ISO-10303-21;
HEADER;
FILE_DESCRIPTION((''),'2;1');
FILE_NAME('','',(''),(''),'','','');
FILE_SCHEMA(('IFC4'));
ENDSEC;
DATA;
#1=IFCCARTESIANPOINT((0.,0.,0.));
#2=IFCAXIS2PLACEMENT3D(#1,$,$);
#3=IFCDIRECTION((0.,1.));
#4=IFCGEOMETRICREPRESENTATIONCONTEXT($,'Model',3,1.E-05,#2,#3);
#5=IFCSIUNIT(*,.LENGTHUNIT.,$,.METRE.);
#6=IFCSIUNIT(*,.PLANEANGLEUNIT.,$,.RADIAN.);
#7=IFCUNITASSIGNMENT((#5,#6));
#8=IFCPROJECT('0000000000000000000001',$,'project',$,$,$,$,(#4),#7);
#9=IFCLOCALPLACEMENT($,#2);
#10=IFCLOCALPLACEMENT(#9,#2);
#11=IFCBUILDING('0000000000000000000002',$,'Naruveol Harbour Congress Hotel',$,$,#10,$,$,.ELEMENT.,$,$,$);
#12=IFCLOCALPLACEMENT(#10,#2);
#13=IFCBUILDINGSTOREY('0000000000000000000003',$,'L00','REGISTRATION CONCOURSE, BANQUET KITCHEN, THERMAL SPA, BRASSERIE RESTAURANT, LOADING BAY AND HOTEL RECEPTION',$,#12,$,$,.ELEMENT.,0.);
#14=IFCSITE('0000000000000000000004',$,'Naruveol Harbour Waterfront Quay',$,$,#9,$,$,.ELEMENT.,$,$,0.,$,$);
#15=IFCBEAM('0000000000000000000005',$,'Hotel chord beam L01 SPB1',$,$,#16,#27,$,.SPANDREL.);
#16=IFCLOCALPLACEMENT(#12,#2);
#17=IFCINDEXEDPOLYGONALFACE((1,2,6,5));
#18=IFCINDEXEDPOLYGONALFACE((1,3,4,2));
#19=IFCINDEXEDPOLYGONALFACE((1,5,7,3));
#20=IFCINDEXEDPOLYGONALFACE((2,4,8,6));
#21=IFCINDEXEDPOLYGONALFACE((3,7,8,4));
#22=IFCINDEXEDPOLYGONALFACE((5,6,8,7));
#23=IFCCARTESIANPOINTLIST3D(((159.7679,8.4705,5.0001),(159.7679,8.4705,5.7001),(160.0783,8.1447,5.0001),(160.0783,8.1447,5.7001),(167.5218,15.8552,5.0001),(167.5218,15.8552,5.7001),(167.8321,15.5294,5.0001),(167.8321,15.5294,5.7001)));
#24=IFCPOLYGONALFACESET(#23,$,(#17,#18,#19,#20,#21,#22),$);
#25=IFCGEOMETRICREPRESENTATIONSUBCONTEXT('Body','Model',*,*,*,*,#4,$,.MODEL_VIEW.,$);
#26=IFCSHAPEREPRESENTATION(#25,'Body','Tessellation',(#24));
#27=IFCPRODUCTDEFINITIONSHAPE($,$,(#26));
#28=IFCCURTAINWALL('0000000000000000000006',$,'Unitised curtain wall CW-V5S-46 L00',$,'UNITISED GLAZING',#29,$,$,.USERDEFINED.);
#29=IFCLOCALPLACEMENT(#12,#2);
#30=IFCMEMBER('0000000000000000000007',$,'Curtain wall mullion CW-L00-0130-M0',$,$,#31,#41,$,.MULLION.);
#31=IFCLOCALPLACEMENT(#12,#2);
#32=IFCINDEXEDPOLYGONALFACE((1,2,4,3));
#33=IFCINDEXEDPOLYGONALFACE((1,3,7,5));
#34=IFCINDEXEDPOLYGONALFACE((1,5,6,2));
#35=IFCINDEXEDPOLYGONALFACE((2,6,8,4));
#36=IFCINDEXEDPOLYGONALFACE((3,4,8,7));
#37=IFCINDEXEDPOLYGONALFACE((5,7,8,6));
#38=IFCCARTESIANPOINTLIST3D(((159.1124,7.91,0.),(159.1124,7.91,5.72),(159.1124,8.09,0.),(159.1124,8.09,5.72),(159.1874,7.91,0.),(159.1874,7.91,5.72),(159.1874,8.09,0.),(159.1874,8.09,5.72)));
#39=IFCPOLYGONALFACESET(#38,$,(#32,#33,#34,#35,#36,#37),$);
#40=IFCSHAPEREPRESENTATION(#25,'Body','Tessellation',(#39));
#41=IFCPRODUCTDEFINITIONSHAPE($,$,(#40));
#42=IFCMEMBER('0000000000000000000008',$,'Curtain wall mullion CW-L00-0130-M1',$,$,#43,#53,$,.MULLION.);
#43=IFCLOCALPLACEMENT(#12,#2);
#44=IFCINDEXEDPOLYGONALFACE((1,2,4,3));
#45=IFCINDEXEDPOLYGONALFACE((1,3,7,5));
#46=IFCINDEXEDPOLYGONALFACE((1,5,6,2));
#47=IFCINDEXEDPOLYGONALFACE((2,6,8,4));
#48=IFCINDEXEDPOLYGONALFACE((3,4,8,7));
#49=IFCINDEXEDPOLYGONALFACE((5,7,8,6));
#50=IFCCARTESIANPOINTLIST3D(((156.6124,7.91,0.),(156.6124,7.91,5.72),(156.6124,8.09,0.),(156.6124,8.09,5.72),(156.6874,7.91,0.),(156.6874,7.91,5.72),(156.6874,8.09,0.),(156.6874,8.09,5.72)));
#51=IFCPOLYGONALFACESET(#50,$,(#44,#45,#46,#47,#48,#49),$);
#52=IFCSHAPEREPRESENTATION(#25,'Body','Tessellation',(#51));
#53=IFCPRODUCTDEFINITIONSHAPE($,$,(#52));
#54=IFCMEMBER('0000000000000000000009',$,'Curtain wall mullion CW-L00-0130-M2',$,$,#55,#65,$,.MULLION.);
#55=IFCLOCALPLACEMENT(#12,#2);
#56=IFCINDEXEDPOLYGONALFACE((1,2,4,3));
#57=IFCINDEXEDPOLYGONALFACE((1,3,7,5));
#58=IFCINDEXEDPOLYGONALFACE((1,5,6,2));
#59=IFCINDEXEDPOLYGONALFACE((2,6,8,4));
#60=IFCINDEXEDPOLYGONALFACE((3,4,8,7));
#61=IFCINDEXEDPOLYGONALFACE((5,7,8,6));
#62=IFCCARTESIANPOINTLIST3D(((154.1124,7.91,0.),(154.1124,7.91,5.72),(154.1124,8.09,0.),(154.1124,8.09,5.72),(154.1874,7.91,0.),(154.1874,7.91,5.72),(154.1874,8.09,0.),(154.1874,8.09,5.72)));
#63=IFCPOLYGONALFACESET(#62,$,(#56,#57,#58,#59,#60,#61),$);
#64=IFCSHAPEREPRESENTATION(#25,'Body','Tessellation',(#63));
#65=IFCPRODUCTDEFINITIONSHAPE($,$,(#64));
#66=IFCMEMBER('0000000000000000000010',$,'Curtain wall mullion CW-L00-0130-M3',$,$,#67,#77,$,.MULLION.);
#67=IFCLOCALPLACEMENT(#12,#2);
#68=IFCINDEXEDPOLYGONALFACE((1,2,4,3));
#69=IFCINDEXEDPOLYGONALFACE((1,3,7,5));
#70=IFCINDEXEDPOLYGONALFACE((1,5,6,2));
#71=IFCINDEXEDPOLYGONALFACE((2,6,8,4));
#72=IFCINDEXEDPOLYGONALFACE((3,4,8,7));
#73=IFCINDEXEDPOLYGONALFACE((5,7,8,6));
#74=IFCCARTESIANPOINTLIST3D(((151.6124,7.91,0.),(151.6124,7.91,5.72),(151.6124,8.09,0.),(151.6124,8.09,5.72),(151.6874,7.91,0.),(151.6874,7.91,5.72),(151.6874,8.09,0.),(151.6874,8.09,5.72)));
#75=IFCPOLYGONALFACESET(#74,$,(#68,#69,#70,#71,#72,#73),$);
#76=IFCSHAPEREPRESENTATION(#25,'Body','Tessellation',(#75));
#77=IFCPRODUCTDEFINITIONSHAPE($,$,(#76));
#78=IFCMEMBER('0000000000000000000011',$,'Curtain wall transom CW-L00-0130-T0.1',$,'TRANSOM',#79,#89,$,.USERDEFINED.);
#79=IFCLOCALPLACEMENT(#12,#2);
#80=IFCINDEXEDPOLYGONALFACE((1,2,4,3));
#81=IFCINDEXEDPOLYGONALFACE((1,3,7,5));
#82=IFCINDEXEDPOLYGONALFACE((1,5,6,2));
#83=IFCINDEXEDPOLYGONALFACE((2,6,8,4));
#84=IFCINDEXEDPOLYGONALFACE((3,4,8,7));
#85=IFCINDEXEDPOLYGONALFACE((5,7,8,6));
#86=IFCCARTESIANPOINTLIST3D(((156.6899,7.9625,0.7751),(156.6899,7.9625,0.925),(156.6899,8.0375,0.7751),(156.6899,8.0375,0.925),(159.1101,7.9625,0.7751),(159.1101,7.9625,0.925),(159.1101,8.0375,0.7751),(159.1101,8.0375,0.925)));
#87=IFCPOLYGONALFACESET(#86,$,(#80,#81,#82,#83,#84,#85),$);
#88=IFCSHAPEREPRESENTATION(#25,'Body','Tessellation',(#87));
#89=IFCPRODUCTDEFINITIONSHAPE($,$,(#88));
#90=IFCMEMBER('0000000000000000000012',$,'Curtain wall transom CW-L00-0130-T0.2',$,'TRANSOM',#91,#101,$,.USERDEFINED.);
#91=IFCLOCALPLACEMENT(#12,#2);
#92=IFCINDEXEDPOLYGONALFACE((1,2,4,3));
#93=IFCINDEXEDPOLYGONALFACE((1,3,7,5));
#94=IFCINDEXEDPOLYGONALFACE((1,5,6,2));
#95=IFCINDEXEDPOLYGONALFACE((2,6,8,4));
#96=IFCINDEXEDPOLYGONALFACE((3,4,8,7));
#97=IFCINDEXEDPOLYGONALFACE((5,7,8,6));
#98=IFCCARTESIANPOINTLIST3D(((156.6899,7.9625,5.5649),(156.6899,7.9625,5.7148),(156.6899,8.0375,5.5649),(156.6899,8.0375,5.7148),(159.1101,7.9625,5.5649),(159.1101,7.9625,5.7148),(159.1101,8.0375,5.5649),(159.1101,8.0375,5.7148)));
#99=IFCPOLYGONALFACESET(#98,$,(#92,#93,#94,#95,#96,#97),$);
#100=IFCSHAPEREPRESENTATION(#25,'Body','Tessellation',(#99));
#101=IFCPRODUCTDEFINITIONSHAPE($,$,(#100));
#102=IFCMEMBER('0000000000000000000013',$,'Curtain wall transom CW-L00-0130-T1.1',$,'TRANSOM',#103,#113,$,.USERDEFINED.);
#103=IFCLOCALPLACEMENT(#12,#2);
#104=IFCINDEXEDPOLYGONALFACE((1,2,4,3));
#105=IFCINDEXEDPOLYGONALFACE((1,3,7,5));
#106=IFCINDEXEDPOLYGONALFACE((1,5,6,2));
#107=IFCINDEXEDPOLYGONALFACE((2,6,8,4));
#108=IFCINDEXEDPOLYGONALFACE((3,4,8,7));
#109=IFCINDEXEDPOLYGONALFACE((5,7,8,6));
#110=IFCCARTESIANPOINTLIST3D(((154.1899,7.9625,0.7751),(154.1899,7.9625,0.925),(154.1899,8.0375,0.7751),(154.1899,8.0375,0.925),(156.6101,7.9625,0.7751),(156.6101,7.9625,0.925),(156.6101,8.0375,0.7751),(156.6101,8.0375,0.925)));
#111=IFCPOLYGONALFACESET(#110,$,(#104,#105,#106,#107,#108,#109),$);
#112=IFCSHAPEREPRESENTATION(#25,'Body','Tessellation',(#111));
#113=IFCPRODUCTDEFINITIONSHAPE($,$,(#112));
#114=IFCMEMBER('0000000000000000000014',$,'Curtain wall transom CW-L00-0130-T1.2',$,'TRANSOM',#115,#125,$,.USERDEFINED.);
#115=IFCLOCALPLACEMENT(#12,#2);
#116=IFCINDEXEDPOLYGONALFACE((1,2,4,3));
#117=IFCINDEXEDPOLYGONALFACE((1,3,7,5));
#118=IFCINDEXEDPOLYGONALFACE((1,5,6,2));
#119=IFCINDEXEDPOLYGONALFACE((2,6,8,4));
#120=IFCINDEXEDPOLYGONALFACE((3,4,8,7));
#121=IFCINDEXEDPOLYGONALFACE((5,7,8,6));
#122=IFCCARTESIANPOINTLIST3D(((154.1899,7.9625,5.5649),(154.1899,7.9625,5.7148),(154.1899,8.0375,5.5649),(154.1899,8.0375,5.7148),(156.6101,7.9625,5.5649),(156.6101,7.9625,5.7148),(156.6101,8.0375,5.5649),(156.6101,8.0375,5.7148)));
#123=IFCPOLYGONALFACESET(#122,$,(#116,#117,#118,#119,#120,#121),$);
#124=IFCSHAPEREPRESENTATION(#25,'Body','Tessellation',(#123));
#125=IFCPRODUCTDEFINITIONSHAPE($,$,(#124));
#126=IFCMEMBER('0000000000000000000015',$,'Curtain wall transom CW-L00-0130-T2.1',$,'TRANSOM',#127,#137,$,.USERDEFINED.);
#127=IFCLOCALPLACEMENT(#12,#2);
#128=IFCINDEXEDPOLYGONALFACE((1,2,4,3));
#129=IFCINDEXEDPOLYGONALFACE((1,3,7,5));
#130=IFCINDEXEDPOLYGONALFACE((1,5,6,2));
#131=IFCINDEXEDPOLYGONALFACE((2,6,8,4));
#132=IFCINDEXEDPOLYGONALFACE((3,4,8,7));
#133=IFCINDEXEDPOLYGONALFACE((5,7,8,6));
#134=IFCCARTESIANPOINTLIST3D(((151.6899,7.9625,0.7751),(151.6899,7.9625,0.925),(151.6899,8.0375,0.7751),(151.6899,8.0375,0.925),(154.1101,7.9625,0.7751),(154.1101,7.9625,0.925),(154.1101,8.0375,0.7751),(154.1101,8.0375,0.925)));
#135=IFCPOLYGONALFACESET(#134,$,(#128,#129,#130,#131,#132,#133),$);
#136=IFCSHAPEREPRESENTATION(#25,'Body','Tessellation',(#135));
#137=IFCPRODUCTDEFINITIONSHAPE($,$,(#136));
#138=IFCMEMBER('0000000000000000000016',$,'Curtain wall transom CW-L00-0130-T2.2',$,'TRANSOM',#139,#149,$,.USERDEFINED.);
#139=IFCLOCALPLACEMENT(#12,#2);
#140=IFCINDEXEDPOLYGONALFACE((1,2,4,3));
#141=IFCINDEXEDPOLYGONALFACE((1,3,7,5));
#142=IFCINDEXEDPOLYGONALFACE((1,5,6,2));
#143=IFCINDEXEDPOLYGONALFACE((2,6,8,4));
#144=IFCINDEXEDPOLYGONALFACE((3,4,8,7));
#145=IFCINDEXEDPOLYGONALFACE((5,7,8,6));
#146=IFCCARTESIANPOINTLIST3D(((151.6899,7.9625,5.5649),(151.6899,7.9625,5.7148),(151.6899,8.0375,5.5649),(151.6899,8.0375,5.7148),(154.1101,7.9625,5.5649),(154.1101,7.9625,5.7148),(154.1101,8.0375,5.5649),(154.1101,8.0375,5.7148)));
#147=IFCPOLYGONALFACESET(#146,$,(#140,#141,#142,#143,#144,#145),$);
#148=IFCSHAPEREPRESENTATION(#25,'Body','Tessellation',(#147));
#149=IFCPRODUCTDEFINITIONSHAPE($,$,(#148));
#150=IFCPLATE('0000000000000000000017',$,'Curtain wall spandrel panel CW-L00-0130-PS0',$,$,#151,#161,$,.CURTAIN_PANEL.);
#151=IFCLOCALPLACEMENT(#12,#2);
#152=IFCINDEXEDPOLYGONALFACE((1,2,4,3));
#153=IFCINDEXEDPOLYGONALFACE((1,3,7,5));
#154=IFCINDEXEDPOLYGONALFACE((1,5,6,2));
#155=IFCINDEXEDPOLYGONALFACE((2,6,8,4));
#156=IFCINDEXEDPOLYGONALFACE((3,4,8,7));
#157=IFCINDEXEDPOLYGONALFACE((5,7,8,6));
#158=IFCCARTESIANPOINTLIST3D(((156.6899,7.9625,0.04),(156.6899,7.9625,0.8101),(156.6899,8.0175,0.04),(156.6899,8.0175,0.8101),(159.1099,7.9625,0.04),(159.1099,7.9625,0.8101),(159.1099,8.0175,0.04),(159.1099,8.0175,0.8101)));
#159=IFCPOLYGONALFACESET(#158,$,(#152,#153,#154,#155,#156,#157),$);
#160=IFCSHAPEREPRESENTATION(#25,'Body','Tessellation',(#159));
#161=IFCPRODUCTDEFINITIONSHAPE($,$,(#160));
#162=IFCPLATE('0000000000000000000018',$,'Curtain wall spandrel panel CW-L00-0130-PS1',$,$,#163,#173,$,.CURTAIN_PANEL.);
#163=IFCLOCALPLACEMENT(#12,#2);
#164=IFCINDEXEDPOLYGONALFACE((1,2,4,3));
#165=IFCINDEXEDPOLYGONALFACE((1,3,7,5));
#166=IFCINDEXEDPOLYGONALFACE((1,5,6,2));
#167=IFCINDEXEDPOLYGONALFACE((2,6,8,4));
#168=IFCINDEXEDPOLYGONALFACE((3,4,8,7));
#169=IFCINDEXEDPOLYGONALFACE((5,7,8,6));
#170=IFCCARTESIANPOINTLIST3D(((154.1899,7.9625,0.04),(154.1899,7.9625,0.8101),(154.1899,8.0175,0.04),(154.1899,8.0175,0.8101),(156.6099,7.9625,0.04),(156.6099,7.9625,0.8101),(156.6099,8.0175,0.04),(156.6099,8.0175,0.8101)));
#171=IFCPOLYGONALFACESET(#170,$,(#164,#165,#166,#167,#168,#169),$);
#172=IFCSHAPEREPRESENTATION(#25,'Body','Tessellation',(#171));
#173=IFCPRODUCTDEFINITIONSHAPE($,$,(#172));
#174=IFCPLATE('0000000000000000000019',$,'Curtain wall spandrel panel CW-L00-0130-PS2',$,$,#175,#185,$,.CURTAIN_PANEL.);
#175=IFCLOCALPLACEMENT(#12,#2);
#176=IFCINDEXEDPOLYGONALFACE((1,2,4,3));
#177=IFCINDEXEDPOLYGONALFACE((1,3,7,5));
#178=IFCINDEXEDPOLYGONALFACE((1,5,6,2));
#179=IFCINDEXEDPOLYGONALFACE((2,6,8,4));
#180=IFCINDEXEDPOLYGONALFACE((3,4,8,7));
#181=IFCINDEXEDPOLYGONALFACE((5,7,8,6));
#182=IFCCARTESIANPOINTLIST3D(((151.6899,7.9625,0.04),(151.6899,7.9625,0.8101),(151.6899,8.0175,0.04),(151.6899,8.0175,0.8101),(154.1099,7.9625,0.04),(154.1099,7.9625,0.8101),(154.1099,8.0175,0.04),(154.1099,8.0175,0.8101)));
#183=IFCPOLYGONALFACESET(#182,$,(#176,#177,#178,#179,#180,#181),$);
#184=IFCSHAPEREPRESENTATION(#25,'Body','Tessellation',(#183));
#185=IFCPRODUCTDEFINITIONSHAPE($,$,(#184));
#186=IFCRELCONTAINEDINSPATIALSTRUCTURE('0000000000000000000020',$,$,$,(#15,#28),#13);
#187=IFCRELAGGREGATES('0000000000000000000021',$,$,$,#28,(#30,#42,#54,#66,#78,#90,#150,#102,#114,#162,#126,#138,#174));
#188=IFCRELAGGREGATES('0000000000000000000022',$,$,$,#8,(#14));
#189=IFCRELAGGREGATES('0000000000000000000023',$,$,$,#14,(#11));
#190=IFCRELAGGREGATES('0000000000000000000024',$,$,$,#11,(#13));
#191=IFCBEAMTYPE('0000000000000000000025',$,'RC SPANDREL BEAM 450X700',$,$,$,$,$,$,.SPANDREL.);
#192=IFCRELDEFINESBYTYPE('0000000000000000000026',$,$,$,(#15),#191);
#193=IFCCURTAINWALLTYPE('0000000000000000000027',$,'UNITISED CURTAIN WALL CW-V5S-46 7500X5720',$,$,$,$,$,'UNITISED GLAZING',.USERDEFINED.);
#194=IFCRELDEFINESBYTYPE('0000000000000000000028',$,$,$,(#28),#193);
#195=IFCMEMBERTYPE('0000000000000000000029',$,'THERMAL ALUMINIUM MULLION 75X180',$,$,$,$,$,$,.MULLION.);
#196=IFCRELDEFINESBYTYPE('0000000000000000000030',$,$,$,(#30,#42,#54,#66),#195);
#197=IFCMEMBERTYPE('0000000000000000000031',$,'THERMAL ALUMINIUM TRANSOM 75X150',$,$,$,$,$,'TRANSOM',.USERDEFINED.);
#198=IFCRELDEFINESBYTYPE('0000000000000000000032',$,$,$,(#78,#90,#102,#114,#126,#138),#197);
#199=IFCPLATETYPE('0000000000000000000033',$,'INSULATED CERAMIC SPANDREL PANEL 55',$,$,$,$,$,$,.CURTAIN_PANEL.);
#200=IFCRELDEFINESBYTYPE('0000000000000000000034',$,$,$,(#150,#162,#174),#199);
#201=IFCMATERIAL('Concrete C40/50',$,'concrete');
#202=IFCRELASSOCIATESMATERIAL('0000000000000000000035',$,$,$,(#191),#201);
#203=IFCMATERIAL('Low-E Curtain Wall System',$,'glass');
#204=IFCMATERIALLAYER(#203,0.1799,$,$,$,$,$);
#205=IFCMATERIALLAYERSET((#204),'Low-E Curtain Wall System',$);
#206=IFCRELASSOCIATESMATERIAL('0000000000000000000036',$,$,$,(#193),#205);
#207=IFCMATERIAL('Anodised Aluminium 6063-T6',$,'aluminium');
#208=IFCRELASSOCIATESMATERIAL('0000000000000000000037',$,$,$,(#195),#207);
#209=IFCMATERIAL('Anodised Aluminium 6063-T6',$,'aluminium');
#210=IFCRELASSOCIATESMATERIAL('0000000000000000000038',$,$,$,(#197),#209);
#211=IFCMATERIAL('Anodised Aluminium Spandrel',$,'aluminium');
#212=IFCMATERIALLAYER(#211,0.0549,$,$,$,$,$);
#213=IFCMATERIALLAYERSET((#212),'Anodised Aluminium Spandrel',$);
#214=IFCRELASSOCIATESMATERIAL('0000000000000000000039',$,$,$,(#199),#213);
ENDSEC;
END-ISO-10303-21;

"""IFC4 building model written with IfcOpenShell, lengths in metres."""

from ifc_helpers import new_model, si_unit, direction, frame, origin, origin_2d, place, context, subcontext, project, spatial, rectangle, extrude, material, layer, layer_set, material_profile, profile_set, type_object, element, aggregate, save


model = new_model("IFC4")

# Units and contexts
model_context = context("Model", 3, precision=1e-05, world=origin(), true_north=direction((0.0, 1.0)))
body_context = subcontext(model_context, "Body", "Model", "MODEL_VIEW")
ifc_project = project(units=[si_unit("LENGTHUNIT", "METRE"), si_unit("PLANEANGLEUNIT", "RADIAN")], contexts=[model_context])

# Site, building, storey
site_placement = place(None, origin())
site = spatial("IfcSite", under=ifc_project, at=site_placement, Name="Naruveol Harbour Waterfront Quay", CompositionType="ELEMENT", RefElevation=0.0)
building_placement = place(site_placement, origin())
building = spatial("IfcBuilding", under=site, at=building_placement, Name="Naruveol Harbour Congress Hotel", CompositionType="ELEMENT")
storey_placement = place(building_placement, origin())
storey = spatial("IfcBuildingStorey", under=building, at=storey_placement, Name="L00", Description="REGISTRATION CONCOURSE, BANQUET KITCHEN, THERMAL SPA, BRASSERIE RESTAURANT, LOADING BAY AND HOTEL RECEPTION", CompositionType="ELEMENT", Elevation=0.0)

# Beam
ifc_material_1 = material(Name="Concrete C40/50", Category="concrete")
ifc_material_profile_1 = material_profile(ifc_material_1, rectangle(XDim=0.45, YDim=0.7, at=origin_2d()), Name="RCB-450x700")
ifc_profile_set_1 = profile_set([ifc_material_profile_1], Name="Concrete C40/50")
beam_type_1 = type_object("IfcBeamType", Name="RC SPANDREL BEAM 450X700", PredefinedType="SPANDREL", material=ifc_profile_set_1)
beam_1_placement = place(storey_placement, frame((159.9231, 8.3076, 5.3501), z_axis=(0.724134, 0.68966, 0.0), x_axis=(-0.68966, 0.724134, 0.0)))
element("IfcBeam", 1, at=beam_1_placement, inside=storey, type_object=beam_type_1, Name="Hotel chord beam L01 SPB1", PredefinedType="SPANDREL", context=body_context, shape_type="SweptSolid", body=[
    extrude(rectangle(XDim=0.45, YDim=0.7, at=origin_2d()), origin(), (0.0, 0.0, 1.0), 10.7078),
])

# Curtain wall, members, plates
ifc_material_2 = material(Name="Low-E Curtain Wall System", Category="glass")
ifc_layer_1 = layer(ifc_material_2, 0.1799)
ifc_layer_set_1 = layer_set([ifc_layer_1], Name="Low-E Curtain Wall System")
curtain_wall_type = type_object("IfcCurtainWallType", Name="UNITISED CURTAIN WALL CW-V5S-46 7500X5720", ElementType="UNITISED GLAZING", PredefinedType="USERDEFINED", material=ifc_layer_set_1)
curtain_wall_placement = place(storey_placement, origin())
curtain_wall = element("IfcCurtainWall", 2, at=curtain_wall_placement, inside=storey, type_object=curtain_wall_type, Name="Unitised curtain wall CW-V5S-46 L00", ObjectType="UNITISED GLAZING", PredefinedType="USERDEFINED")
ifc_material_3 = material(Name="Anodised Aluminium 6063-T6", Category="aluminium")
ifc_material_profile_2 = material_profile(ifc_material_3, rectangle(XDim=0.075, YDim=0.1799, at=origin_2d()), Name="ALU-75x180")
ifc_profile_set_2 = profile_set([ifc_material_profile_2], Name="Anodised Aluminium 6063-T6")
member_type_1 = type_object("IfcMemberType", Name="THERMAL ALUMINIUM MULLION 75X180", PredefinedType="MULLION", material=ifc_profile_set_2)
member_1_placement = place(storey_placement, frame((159.1499, 8.0, 0.0), z_axis=(0.0, 0.0, 1.0), x_axis=(1.0, 0.0, 0.0)))
member_1 = element("IfcMember", 3, at=member_1_placement, type_object=member_type_1, Name="Curtain wall mullion CW-L00-0130-M0", PredefinedType="MULLION", context=body_context, shape_type="SweptSolid", body=[
    extrude(rectangle(XDim=0.075, YDim=0.1799, at=origin_2d()), origin(), (0.0, 0.0, 1.0), 5.72),
])
member_2_placement = place(storey_placement, frame((156.6499, 8.0, 0.0), z_axis=(0.0, 0.0, 1.0), x_axis=(1.0, 0.0, 0.0)))
member_2 = element("IfcMember", 4, at=member_2_placement, type_object=member_type_1, Name="Curtain wall mullion CW-L00-0130-M1", PredefinedType="MULLION", context=body_context, shape_type="SweptSolid", body=[
    extrude(rectangle(XDim=0.075, YDim=0.1799, at=origin_2d()), origin(), (0.0, 0.0, 1.0), 5.72),
])
member_3_placement = place(storey_placement, frame((154.1499, 8.0, 0.0), z_axis=(0.0, 0.0, 1.0), x_axis=(1.0, 0.0, 0.0)))
member_3 = element("IfcMember", 5, at=member_3_placement, type_object=member_type_1, Name="Curtain wall mullion CW-L00-0130-M2", PredefinedType="MULLION", context=body_context, shape_type="SweptSolid", body=[
    extrude(rectangle(XDim=0.075, YDim=0.1799, at=origin_2d()), origin(), (0.0, 0.0, 1.0), 5.72),
])
member_4_placement = place(storey_placement, frame((151.6499, 8.0, 0.0), z_axis=(0.0, 0.0, 1.0), x_axis=(1.0, 0.0, 0.0)))
member_4 = element("IfcMember", 6, at=member_4_placement, type_object=member_type_1, Name="Curtain wall mullion CW-L00-0130-M3", PredefinedType="MULLION", context=body_context, shape_type="SweptSolid", body=[
    extrude(rectangle(XDim=0.075, YDim=0.1799, at=origin_2d()), origin(), (0.0, 0.0, 1.0), 5.72),
])
ifc_material_4 = material(Name="Anodised Aluminium 6063-T6", Category="aluminium")
ifc_material_profile_3 = material_profile(ifc_material_4, rectangle(XDim=0.075, YDim=0.1499, at=origin_2d()), Name="ALU-75x150")
ifc_profile_set_3 = profile_set([ifc_material_profile_3], Name="Anodised Aluminium 6063-T6")
member_type_2 = type_object("IfcMemberType", Name="THERMAL ALUMINIUM TRANSOM 75X150", ElementType="TRANSOM", PredefinedType="USERDEFINED", material=ifc_profile_set_3)
member_5_placement = place(storey_placement, frame((159.1101, 8.0, 0.8501), z_axis=(-1.0, 0.0, 0.0), x_axis=(0.0, -1.0, 0.0)))
member_5 = element("IfcMember", 7, at=member_5_placement, type_object=member_type_2, Name="Curtain wall transom CW-L00-0130-T0.1", ObjectType="TRANSOM", PredefinedType="USERDEFINED", context=body_context, shape_type="SweptSolid", body=[
    extrude(rectangle(XDim=0.075, YDim=0.1499, at=origin_2d()), origin(), (0.0, 0.0, 1.0), 2.4202),
])
member_6_placement = place(storey_placement, frame((159.1101, 8.0, 5.6399), z_axis=(-1.0, 0.0, 0.0), x_axis=(0.0, -1.0, 0.0)))
member_6 = element("IfcMember", 8, at=member_6_placement, type_object=member_type_2, Name="Curtain wall transom CW-L00-0130-T0.2", ObjectType="TRANSOM", PredefinedType="USERDEFINED", context=body_context, shape_type="SweptSolid", body=[
    extrude(rectangle(XDim=0.075, YDim=0.1499, at=origin_2d()), origin(), (0.0, 0.0, 1.0), 2.4202),
])
member_7_placement = place(storey_placement, frame((156.6101, 8.0, 0.8501), z_axis=(-1.0, 0.0, 0.0), x_axis=(0.0, -1.0, 0.0)))
member_7 = element("IfcMember", 9, at=member_7_placement, type_object=member_type_2, Name="Curtain wall transom CW-L00-0130-T1.1", ObjectType="TRANSOM", PredefinedType="USERDEFINED", context=body_context, shape_type="SweptSolid", body=[
    extrude(rectangle(XDim=0.075, YDim=0.1499, at=origin_2d()), origin(), (0.0, 0.0, 1.0), 2.4202),
])
member_8_placement = place(storey_placement, frame((156.6101, 8.0, 5.6399), z_axis=(-1.0, 0.0, 0.0), x_axis=(0.0, -1.0, 0.0)))
member_8 = element("IfcMember", 10, at=member_8_placement, type_object=member_type_2, Name="Curtain wall transom CW-L00-0130-T1.2", ObjectType="TRANSOM", PredefinedType="USERDEFINED", context=body_context, shape_type="SweptSolid", body=[
    extrude(rectangle(XDim=0.075, YDim=0.1499, at=origin_2d()), origin(), (0.0, 0.0, 1.0), 2.4202),
])
member_9_placement = place(storey_placement, frame((154.1101, 8.0, 0.8501), z_axis=(-1.0, 0.0, 0.0), x_axis=(0.0, -1.0, 0.0)))
member_9 = element("IfcMember", 11, at=member_9_placement, type_object=member_type_2, Name="Curtain wall transom CW-L00-0130-T2.1", ObjectType="TRANSOM", PredefinedType="USERDEFINED", context=body_context, shape_type="SweptSolid", body=[
    extrude(rectangle(XDim=0.075, YDim=0.1499, at=origin_2d()), origin(), (0.0, 0.0, 1.0), 2.4202),
])
member_10_placement = place(storey_placement, frame((154.1101, 8.0, 5.6399), z_axis=(-1.0, 0.0, 0.0), x_axis=(0.0, -1.0, 0.0)))
member_10 = element("IfcMember", 12, at=member_10_placement, type_object=member_type_2, Name="Curtain wall transom CW-L00-0130-T2.2", ObjectType="TRANSOM", PredefinedType="USERDEFINED", context=body_context, shape_type="SweptSolid", body=[
    extrude(rectangle(XDim=0.075, YDim=0.1499, at=origin_2d()), origin(), (0.0, 0.0, 1.0), 2.4202),
])
ifc_material_5 = material(Name="Anodised Aluminium Spandrel", Category="aluminium")
ifc_layer_2 = layer(ifc_material_5, 0.0549)
ifc_layer_set_2 = layer_set([ifc_layer_2], Name="Anodised Aluminium Spandrel")
plate_type_1 = type_object("IfcPlateType", Name="INSULATED CERAMIC SPANDREL PANEL 55", PredefinedType="CURTAIN_PANEL", material=ifc_layer_set_2)
plate_1_placement = place(storey_placement, frame((157.8999, 7.99, 0.04), z_axis=(0.0, 0.0, 1.0), x_axis=(-1.0, 0.0, 0.0)))
plate_1 = element("IfcPlate", 13, at=plate_1_placement, type_object=plate_type_1, Name="Curtain wall spandrel panel CW-L00-0130-PS0", PredefinedType="CURTAIN_PANEL", context=body_context, shape_type="SweptSolid", body=[
    extrude(rectangle(XDim=2.4199, YDim=0.0549, at=origin_2d()), origin(), (0.0, 0.0, 1.0), 0.77),
])
plate_2_placement = place(storey_placement, frame((155.3999, 7.99, 0.04), z_axis=(0.0, 0.0, 1.0), x_axis=(-1.0, 0.0, 0.0)))
plate_2 = element("IfcPlate", 14, at=plate_2_placement, type_object=plate_type_1, Name="Curtain wall spandrel panel CW-L00-0130-PS1", PredefinedType="CURTAIN_PANEL", context=body_context, shape_type="SweptSolid", body=[
    extrude(rectangle(XDim=2.4199, YDim=0.0549, at=origin_2d()), origin(), (0.0, 0.0, 1.0), 0.77),
])
plate_3_placement = place(storey_placement, frame((152.8999, 7.99, 0.04), z_axis=(0.0, 0.0, 1.0), x_axis=(-1.0, 0.0, 0.0)))
plate_3 = element("IfcPlate", 15, at=plate_3_placement, type_object=plate_type_1, Name="Curtain wall spandrel panel CW-L00-0130-PS2", PredefinedType="CURTAIN_PANEL", context=body_context, shape_type="SweptSolid", body=[
    extrude(rectangle(XDim=2.4199, YDim=0.0549, at=origin_2d()), origin(), (0.0, 0.0, 1.0), 0.77),
])
aggregate(curtain_wall, [member_1, member_2, member_3, member_4, member_5, member_6, plate_1, member_7, member_8, plate_2, member_9, member_10, plate_3])

save(model, "model.ifc")
